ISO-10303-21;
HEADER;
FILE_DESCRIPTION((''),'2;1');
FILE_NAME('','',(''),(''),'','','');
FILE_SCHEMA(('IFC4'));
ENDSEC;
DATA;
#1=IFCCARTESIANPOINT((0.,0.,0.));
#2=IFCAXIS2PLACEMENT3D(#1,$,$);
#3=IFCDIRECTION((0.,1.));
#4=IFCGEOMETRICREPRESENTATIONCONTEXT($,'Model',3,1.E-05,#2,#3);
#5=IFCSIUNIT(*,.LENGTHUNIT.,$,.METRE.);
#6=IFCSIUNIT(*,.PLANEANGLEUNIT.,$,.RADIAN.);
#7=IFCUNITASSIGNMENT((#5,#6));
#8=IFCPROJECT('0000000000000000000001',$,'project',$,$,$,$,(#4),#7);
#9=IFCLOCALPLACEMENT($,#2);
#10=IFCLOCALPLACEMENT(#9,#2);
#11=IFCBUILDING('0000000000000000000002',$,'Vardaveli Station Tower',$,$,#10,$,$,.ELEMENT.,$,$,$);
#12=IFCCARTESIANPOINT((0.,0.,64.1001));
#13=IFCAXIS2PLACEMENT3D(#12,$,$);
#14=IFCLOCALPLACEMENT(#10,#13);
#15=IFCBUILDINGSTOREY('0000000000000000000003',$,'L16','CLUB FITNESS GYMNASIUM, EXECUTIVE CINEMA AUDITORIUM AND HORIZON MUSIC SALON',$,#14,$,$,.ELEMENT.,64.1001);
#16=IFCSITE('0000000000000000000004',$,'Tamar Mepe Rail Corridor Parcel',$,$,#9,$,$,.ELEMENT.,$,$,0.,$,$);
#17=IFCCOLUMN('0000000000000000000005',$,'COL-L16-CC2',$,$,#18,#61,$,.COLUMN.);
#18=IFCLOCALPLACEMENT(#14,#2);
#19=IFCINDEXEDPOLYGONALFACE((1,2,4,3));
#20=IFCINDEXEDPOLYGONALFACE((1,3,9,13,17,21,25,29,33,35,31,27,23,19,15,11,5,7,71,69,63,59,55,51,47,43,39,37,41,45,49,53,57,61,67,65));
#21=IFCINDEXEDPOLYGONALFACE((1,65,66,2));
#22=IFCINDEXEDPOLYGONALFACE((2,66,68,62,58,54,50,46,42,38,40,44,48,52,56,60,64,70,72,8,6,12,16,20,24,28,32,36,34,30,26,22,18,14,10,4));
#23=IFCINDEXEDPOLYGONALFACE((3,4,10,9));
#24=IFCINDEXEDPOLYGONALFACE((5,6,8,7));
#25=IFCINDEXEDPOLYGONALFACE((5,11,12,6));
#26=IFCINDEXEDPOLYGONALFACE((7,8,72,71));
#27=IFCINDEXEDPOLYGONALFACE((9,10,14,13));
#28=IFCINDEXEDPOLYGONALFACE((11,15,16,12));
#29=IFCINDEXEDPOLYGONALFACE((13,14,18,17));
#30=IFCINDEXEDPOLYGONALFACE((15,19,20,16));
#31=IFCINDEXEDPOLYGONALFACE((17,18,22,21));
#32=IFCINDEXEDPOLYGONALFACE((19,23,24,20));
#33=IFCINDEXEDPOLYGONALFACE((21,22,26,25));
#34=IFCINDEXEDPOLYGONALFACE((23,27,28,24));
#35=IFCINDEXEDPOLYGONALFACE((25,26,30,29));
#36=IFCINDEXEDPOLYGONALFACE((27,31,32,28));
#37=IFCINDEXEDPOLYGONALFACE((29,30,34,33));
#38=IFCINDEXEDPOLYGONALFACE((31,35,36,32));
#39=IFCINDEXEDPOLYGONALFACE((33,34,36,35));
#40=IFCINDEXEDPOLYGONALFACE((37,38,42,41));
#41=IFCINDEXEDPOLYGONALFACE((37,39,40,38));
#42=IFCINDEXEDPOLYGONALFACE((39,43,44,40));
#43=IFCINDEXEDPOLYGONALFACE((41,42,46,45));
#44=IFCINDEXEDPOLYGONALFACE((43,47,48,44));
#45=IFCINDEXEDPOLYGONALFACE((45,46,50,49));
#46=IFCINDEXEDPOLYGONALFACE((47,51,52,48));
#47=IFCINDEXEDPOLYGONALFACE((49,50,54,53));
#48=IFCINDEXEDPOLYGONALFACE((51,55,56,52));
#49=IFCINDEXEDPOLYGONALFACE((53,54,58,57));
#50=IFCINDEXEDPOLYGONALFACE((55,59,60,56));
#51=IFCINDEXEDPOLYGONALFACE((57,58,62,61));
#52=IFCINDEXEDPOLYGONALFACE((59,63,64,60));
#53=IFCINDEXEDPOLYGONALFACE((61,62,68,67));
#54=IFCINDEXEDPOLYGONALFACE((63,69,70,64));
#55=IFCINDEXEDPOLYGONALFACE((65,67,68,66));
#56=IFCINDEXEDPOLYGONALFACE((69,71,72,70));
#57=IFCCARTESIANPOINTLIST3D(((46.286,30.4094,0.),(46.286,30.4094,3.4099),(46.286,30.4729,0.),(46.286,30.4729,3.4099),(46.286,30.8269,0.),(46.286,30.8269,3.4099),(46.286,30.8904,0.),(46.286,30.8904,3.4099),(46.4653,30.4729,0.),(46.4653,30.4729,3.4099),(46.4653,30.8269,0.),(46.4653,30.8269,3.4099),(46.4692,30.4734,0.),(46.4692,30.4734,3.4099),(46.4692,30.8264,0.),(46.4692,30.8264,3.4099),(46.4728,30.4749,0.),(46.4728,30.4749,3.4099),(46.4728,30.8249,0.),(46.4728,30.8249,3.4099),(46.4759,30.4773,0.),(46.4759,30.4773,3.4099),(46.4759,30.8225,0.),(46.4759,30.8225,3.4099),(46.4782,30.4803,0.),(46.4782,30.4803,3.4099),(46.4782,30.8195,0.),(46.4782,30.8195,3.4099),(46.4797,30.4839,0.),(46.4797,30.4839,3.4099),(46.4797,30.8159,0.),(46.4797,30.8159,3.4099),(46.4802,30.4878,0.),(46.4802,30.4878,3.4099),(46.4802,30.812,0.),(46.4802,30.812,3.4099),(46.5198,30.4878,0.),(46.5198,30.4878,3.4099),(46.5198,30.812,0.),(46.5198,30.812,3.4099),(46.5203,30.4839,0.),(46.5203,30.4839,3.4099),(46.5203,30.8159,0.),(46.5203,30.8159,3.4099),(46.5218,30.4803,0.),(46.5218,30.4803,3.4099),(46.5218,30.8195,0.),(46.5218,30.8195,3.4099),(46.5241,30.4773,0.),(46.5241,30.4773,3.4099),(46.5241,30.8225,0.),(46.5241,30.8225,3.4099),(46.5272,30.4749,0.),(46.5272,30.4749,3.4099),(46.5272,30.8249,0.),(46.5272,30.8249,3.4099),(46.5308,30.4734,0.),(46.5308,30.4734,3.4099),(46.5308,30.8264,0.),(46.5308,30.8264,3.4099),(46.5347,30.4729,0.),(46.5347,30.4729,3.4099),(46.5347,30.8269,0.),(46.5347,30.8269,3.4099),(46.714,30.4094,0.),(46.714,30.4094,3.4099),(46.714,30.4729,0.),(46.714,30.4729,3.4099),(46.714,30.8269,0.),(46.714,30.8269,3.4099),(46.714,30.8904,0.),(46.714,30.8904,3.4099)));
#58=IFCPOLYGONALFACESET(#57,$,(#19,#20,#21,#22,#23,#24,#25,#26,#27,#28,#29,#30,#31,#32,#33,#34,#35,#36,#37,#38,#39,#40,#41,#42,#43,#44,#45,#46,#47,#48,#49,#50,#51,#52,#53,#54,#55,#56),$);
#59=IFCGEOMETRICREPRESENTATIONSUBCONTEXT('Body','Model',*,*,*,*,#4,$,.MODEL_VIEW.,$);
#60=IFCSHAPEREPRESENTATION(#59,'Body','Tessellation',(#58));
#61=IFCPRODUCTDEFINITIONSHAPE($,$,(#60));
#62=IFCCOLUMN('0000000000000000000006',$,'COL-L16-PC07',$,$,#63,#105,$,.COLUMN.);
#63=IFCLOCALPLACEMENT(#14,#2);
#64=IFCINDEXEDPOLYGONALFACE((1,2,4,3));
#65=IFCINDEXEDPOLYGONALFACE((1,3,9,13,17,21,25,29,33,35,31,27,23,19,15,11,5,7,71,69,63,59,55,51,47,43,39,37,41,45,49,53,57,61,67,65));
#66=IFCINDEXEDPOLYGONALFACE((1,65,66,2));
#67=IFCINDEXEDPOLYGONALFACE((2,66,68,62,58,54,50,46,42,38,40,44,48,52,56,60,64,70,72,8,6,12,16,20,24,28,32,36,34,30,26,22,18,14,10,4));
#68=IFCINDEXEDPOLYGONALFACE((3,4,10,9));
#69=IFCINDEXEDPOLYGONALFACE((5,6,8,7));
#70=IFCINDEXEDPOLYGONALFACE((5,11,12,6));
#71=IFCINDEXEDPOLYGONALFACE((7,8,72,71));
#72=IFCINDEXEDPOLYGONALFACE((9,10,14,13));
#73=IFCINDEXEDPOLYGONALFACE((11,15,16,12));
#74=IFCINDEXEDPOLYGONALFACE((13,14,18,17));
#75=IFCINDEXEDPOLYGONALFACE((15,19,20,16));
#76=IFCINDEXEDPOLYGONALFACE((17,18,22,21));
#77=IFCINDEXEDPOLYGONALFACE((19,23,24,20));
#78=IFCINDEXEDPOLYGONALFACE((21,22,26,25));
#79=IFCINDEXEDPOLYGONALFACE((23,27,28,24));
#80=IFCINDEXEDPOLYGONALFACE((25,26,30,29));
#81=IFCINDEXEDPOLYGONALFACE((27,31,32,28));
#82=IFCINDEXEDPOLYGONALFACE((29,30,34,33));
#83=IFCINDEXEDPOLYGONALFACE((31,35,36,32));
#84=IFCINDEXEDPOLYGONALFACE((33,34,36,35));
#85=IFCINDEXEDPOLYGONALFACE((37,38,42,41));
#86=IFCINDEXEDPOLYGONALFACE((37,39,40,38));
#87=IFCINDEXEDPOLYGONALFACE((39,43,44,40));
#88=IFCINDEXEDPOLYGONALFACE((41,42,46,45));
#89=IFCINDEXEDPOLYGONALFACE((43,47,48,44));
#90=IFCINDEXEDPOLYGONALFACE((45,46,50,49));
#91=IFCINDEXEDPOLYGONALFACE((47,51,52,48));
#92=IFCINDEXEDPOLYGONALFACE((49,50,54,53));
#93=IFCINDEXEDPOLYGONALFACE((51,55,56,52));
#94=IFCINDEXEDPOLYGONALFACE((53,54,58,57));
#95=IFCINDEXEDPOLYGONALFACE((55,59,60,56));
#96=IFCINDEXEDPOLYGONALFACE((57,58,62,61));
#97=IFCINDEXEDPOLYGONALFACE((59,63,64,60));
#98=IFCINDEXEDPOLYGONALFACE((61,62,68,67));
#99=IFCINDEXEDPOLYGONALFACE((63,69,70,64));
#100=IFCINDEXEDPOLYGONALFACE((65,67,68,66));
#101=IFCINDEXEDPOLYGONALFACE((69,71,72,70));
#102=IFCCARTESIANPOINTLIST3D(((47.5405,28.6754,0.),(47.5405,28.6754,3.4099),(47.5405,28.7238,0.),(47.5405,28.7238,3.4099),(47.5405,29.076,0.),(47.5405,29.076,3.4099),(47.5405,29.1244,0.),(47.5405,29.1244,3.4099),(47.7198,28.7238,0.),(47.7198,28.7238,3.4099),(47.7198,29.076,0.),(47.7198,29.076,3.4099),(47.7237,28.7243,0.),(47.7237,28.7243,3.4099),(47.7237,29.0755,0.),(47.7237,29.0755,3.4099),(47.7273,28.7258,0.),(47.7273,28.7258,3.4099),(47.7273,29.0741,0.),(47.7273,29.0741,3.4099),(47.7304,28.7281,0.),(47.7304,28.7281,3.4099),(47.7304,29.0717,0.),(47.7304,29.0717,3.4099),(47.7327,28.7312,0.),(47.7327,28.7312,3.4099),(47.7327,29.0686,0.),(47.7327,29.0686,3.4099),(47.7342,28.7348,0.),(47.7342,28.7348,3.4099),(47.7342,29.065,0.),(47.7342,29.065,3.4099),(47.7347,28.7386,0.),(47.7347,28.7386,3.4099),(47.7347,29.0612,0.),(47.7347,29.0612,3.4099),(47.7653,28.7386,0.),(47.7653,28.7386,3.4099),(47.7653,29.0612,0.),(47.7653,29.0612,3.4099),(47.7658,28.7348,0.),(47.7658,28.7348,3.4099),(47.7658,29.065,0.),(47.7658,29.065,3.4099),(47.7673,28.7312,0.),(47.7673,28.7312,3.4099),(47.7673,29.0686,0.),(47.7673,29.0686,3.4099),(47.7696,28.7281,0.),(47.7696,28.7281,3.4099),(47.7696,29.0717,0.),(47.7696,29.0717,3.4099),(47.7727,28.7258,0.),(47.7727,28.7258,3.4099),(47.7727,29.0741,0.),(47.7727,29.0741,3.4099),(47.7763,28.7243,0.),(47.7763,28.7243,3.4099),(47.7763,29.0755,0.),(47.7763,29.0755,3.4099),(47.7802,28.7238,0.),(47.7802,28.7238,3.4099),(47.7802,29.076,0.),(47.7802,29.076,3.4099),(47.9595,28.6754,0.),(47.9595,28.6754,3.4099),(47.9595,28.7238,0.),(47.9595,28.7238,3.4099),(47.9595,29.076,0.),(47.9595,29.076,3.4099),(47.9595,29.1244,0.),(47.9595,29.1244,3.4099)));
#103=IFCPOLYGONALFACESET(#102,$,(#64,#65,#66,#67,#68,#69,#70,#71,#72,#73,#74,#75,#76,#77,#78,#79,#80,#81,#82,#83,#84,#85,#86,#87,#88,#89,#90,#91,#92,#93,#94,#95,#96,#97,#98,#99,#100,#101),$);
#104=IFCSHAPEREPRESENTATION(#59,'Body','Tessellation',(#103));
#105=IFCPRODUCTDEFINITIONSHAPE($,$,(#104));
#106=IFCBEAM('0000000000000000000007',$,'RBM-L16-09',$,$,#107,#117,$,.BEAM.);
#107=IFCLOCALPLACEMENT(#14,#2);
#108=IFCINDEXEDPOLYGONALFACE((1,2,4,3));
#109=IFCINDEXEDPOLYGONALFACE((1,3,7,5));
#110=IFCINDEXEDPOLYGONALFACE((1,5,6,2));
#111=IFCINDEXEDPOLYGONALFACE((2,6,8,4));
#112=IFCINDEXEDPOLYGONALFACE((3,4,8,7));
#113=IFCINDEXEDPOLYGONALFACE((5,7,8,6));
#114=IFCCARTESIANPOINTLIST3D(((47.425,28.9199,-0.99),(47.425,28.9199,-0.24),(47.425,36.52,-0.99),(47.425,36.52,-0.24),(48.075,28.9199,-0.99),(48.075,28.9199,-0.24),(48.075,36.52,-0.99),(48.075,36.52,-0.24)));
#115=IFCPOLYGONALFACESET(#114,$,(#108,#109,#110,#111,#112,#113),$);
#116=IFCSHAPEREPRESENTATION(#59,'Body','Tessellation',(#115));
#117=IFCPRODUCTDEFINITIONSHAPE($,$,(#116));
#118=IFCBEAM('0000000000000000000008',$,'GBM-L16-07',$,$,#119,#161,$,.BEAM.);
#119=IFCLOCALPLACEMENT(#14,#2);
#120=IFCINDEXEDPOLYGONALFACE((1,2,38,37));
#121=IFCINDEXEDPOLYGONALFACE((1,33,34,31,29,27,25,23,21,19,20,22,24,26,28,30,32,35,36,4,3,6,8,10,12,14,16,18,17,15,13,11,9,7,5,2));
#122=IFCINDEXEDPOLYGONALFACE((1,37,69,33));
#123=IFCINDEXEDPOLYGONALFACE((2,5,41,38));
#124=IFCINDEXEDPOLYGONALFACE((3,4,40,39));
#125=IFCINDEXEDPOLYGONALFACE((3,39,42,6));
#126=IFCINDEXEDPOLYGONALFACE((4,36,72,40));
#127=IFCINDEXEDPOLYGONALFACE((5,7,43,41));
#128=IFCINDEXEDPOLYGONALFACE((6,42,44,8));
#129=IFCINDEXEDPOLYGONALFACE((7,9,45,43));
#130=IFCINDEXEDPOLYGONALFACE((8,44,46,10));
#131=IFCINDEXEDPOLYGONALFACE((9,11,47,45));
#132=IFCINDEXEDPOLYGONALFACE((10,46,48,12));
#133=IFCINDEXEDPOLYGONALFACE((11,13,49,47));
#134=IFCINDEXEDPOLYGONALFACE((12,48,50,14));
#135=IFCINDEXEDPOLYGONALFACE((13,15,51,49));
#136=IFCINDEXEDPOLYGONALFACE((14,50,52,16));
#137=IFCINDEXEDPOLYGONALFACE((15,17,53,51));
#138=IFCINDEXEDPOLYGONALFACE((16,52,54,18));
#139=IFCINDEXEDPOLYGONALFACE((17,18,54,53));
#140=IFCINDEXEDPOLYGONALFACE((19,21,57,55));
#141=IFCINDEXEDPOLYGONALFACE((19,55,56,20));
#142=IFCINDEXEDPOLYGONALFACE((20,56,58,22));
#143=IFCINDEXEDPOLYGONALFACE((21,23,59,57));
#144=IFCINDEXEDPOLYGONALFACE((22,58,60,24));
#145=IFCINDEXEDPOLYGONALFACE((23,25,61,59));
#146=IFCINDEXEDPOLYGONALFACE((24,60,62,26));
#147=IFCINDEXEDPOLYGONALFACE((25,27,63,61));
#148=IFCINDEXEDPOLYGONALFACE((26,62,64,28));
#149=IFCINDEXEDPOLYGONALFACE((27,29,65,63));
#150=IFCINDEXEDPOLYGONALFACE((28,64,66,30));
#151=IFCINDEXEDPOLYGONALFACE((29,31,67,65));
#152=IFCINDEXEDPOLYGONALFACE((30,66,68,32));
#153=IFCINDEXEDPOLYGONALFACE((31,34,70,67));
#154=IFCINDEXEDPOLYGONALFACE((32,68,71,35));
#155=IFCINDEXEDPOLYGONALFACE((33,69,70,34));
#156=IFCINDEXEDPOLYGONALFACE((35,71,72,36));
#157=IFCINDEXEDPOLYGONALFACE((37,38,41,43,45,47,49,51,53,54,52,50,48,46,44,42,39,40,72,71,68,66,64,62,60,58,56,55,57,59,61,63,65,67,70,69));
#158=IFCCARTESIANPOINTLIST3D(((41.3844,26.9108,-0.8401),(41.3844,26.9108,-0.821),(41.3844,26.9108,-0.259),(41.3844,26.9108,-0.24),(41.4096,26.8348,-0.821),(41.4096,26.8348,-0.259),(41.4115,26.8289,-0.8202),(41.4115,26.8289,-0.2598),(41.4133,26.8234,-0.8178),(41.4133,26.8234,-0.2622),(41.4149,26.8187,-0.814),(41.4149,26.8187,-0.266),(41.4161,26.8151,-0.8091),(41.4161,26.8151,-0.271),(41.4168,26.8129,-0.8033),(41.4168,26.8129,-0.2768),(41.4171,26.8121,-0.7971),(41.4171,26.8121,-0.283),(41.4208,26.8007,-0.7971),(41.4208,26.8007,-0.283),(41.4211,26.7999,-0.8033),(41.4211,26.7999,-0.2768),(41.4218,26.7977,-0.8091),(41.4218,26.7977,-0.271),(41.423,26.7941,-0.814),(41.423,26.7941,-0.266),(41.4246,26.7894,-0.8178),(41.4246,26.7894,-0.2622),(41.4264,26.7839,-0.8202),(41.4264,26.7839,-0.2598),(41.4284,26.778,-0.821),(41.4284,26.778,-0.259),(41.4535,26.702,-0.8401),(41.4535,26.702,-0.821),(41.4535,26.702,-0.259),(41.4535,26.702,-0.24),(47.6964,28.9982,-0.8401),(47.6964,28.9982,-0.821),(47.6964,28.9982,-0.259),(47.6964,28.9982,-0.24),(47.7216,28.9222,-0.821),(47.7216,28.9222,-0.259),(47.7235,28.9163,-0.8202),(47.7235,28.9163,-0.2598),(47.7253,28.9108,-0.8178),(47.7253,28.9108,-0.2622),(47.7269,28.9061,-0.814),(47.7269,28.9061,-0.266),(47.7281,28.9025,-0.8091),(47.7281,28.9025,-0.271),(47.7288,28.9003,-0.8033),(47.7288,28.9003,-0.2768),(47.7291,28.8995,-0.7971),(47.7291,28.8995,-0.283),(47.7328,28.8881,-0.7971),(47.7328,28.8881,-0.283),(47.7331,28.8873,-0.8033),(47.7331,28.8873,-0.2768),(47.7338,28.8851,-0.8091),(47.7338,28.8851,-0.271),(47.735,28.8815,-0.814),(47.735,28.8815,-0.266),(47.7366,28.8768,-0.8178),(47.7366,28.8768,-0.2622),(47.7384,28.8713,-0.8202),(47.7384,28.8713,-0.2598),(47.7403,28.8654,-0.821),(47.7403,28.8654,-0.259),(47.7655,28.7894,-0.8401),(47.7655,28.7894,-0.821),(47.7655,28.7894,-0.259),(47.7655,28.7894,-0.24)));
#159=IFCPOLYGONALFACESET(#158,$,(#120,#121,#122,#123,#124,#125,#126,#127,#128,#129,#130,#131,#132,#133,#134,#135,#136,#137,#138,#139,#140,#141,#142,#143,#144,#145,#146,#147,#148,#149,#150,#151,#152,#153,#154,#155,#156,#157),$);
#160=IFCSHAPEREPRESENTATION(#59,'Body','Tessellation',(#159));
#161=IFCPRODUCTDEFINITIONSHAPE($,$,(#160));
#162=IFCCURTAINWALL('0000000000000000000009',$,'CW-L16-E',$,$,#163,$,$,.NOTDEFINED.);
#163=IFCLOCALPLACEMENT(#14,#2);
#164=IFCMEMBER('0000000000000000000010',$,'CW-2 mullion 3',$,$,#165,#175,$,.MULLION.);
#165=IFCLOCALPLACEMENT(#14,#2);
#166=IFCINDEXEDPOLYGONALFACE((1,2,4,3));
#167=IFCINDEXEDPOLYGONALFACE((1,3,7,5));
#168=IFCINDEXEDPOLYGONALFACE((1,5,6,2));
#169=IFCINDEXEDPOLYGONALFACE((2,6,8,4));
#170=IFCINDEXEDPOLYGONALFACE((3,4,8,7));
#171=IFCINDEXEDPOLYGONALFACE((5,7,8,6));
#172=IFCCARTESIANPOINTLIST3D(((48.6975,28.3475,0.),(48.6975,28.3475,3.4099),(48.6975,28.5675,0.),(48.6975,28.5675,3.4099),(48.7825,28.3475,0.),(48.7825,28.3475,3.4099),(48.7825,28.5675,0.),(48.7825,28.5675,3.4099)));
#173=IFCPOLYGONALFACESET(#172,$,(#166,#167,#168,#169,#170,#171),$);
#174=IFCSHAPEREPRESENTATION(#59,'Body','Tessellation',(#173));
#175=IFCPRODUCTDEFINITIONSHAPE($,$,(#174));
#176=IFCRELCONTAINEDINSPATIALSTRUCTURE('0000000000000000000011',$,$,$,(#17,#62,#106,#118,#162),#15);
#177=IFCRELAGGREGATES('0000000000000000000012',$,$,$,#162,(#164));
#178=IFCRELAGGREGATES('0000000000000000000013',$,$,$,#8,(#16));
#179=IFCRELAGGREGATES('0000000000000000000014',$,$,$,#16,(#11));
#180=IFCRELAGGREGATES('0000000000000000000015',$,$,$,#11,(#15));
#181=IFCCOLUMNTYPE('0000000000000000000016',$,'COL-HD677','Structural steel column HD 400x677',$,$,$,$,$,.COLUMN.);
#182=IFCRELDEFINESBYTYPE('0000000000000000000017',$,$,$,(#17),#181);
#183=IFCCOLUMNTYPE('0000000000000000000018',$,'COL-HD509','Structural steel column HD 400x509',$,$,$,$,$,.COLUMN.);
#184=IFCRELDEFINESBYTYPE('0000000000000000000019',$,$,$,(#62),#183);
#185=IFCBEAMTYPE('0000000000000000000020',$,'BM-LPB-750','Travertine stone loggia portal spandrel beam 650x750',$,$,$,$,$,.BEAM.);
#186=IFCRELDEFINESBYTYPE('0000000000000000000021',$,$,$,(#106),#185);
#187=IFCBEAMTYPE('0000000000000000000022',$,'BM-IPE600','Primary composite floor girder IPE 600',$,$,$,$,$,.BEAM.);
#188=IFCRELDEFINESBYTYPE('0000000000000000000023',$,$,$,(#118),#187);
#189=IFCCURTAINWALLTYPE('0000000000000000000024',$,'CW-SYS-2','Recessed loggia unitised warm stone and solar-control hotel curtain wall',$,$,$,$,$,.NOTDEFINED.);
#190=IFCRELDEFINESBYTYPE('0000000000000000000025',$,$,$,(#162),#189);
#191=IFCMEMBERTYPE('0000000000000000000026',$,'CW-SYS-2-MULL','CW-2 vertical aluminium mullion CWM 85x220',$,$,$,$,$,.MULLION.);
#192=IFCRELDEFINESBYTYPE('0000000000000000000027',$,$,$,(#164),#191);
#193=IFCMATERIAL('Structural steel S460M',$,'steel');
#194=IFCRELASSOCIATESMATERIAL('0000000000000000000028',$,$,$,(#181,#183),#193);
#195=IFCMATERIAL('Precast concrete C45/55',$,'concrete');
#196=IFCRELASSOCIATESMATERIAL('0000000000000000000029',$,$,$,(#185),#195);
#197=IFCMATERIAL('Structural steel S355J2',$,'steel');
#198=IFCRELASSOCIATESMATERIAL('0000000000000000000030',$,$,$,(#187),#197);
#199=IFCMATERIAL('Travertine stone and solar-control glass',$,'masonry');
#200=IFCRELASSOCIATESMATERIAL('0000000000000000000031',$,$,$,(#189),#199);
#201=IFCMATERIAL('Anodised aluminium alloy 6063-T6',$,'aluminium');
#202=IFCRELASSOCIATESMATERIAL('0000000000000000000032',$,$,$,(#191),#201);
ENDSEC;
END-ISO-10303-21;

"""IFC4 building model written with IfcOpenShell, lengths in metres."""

from ifc_helpers import new_model, si_unit, direction, frame, origin, origin_2d, place, context, subcontext, project, spatial, rectangle, i_section, extrude, source, transform, mapped, material, material_profile, profile_set, type_object, element, aggregate, save


model = new_model("IFC4")

# Units and contexts
model_context = context("Model", 3, precision=1e-05, world=origin(), true_north=direction((0.0, 1.0)))
body_context = subcontext(model_context, "Body", "Model", "MODEL_VIEW")
ifc_project = project(units=[si_unit("LENGTHUNIT", "METRE"), si_unit("PLANEANGLEUNIT", "RADIAN")], contexts=[model_context])

# Site, building, storey
site_placement = place(None, origin())
site = spatial("IfcSite", under=ifc_project, at=site_placement, Name="Tamar Mepe Rail Corridor Parcel", CompositionType="ELEMENT", RefElevation=0.0)
building_placement = place(site_placement, origin())
building = spatial("IfcBuilding", under=site, at=building_placement, Name="Vardaveli Station Tower", CompositionType="ELEMENT")
storey_placement = place(building_placement, frame((0.0, 0.0, 64.1001)))
storey = spatial("IfcBuildingStorey", under=building, at=storey_placement, Name="L16", Description="CLUB FITNESS GYMNASIUM, EXECUTIVE CINEMA AUDITORIUM AND HORIZON MUSIC SALON", CompositionType="ELEMENT", Elevation=64.1001)

# Columns
ifc_material_1 = material(Name="Structural steel S460M", Category="steel")
ifc_material_profile_1 = material_profile(ifc_material_1, i_section(OverallWidth=0.428, OverallDepth=0.481, WebThickness=0.0396, FlangeThickness=0.0635, FilletRadius=0.0149, at=origin_2d()), Name="HD 400x677")
ifc_profile_set_1 = profile_set([ifc_material_profile_1], Name="Structural steel S460M")
column_type_1 = type_object("IfcColumnType", Name="COL-HD677", Description="Structural steel column HD 400x677", PredefinedType="COLUMN", material=ifc_profile_set_1)
shared_shape_1 = source(origin(), body_context, "Body", "SweptSolid", [
    extrude(i_section(OverallWidth=0.428, OverallDepth=0.481, WebThickness=0.0396, FlangeThickness=0.0635, FilletRadius=0.0149, at=origin_2d()), origin(), (0.0, 0.0, 1.0), 3.4099),
])
column_1_placement = place(storey_placement, frame((46.5, 30.6499, 0.0), z_axis=(0.0, 0.0, 1.0), x_axis=(1.0, 0.0, 0.0)))
element("IfcColumn", 1, at=column_1_placement, inside=storey, type_object=column_type_1, Name="COL-L16-CC2", PredefinedType="COLUMN", context=body_context, shape_type="MappedRepresentation", body=[
    mapped(shared_shape_1, transform((0.0, 0.0, 0.0), scale=1.0)),
])
ifc_material_profile_2 = material_profile(ifc_material_1, i_section(OverallWidth=0.4189, OverallDepth=0.449, WebThickness=0.0305, FlangeThickness=0.0483, FilletRadius=0.0149, at=origin_2d()), Name="HD 400x509")
ifc_profile_set_2 = profile_set([ifc_material_profile_2], Name="Structural steel S460M")
column_type_2 = type_object("IfcColumnType", Name="COL-HD509", Description="Structural steel column HD 400x509", PredefinedType="COLUMN", material=ifc_profile_set_2)
shared_shape_2 = source(origin(), body_context, "Body", "SweptSolid", [
    extrude(i_section(OverallWidth=0.4189, OverallDepth=0.449, WebThickness=0.0305, FlangeThickness=0.0483, FilletRadius=0.0149, at=origin_2d()), origin(), (0.0, 0.0, 1.0), 3.4099),
])
column_2_placement = place(storey_placement, frame((47.75, 28.8999, 0.0), z_axis=(0.0, 0.0, 1.0), x_axis=(1.0, 0.0, 0.0)))
element("IfcColumn", 2, at=column_2_placement, inside=storey, type_object=column_type_2, Name="COL-L16-PC07", PredefinedType="COLUMN", context=body_context, shape_type="MappedRepresentation", body=[
    mapped(shared_shape_2, transform((0.0, 0.0, 0.0), scale=1.0)),
])

# Beams
ifc_material_2 = material(Name="Precast concrete C45/55", Category="concrete")
ifc_material_profile_3 = material_profile(ifc_material_2, rectangle(XDim=0.6499, YDim=0.75, at=origin_2d()), Name="LPB 650x750")
ifc_profile_set_3 = profile_set([ifc_material_profile_3], Name="Precast concrete C45/55")
beam_type_1 = type_object("IfcBeamType", Name="BM-LPB-750", Description="Travertine stone loggia portal spandrel beam 650x750", PredefinedType="BEAM", material=ifc_profile_set_3)
shared_shape_3 = source(origin(), body_context, "Body", "SweptSolid", [
    extrude(rectangle(XDim=0.6499, YDim=0.75, at=origin_2d()), origin(), (0.0, 0.0, 1.0), 7.6001),
])
beam_1_placement = place(storey_placement, frame((47.75, 28.9199, -0.615), z_axis=(0.0, 1.0, 0.0), x_axis=(-1.0, 0.0, 0.0)))
element("IfcBeam", 3, at=beam_1_placement, inside=storey, type_object=beam_type_1, Name="RBM-L16-09", PredefinedType="BEAM", context=body_context, shape_type="MappedRepresentation", body=[
    mapped(shared_shape_3, transform((0.0, 0.0, 0.0), scale=1.0)),
])
ifc_material_3 = material(Name="Structural steel S355J2", Category="steel")
ifc_material_profile_4 = material_profile(ifc_material_3, i_section(OverallWidth=0.22, OverallDepth=0.6001, WebThickness=0.012, FlangeThickness=0.019, FilletRadius=0.0239, at=origin_2d()), Name="IPE 600")
ifc_profile_set_4 = profile_set([ifc_material_profile_4], Name="Structural steel S355J2")
beam_type_2 = type_object("IfcBeamType", Name="BM-IPE600", Description="Primary composite floor girder IPE 600", PredefinedType="BEAM", material=ifc_profile_set_4)
shared_shape_4 = source(origin(), body_context, "Body", "SweptSolid", [
    extrude(i_section(OverallWidth=0.22, OverallDepth=0.6001, WebThickness=0.012, FlangeThickness=0.019, FilletRadius=0.0239, at=origin_2d()), origin(), (0.0, 0.0, 1.0), 6.6482),
])
beam_2_placement = place(storey_placement, frame((47.731, 28.8938, -0.54), z_axis=(-0.94943, -0.313979, 0.0), x_axis=(0.313979, -0.94943, 0.0)))
element("IfcBeam", 4, at=beam_2_placement, inside=storey, type_object=beam_type_2, Name="GBM-L16-07", PredefinedType="BEAM", context=body_context, shape_type="MappedRepresentation", body=[
    mapped(shared_shape_4, transform((0.0, 0.0, 0.0), scale=1.0)),
])

# Curtain wall, member
ifc_material_4 = material(Name="Travertine stone and solar-control glass", Category="masonry")
curtain_wall_type = type_object("IfcCurtainWallType", Name="CW-SYS-2", Description="Recessed loggia unitised warm stone and solar-control hotel curtain wall", PredefinedType="NOTDEFINED", material=ifc_material_4)
curtain_wall_placement = place(storey_placement, origin())
curtain_wall = element("IfcCurtainWall", 5, at=curtain_wall_placement, inside=storey, type_object=curtain_wall_type, Name="CW-L16-E", PredefinedType="NOTDEFINED")
ifc_material_5 = material(Name="Anodised aluminium alloy 6063-T6", Category="aluminium")
ifc_material_profile_5 = material_profile(ifc_material_5, rectangle(XDim=0.085, YDim=0.22, at=origin_2d()), Name="CWM 85x220")
ifc_profile_set_5 = profile_set([ifc_material_profile_5], Name="Anodised aluminium alloy 6063-T6")
member_type = type_object("IfcMemberType", Name="CW-SYS-2-MULL", Description="CW-2 vertical aluminium mullion CWM 85x220", PredefinedType="MULLION", material=ifc_profile_set_5)
shared_shape_5 = source(origin(), body_context, "Body", "SweptSolid", [
    extrude(rectangle(XDim=0.085, YDim=0.22, at=origin_2d()), origin(), (0.0, 0.0, 1.0), 3.4099),
])
member_placement = place(storey_placement, frame((48.74, 28.4575, 0.0), z_axis=(0.0, 0.0, 1.0), x_axis=(-1.0, 0.0, 0.0)))
member = element("IfcMember", 6, at=member_placement, type_object=member_type, Name="CW-2 mullion 3", PredefinedType="MULLION", context=body_context, shape_type="MappedRepresentation", body=[
    mapped(shared_shape_5, transform((0.0, 0.0, 0.0), scale=1.0)),
])
aggregate(curtain_wall, [member])

save(model, "model.ifc")
